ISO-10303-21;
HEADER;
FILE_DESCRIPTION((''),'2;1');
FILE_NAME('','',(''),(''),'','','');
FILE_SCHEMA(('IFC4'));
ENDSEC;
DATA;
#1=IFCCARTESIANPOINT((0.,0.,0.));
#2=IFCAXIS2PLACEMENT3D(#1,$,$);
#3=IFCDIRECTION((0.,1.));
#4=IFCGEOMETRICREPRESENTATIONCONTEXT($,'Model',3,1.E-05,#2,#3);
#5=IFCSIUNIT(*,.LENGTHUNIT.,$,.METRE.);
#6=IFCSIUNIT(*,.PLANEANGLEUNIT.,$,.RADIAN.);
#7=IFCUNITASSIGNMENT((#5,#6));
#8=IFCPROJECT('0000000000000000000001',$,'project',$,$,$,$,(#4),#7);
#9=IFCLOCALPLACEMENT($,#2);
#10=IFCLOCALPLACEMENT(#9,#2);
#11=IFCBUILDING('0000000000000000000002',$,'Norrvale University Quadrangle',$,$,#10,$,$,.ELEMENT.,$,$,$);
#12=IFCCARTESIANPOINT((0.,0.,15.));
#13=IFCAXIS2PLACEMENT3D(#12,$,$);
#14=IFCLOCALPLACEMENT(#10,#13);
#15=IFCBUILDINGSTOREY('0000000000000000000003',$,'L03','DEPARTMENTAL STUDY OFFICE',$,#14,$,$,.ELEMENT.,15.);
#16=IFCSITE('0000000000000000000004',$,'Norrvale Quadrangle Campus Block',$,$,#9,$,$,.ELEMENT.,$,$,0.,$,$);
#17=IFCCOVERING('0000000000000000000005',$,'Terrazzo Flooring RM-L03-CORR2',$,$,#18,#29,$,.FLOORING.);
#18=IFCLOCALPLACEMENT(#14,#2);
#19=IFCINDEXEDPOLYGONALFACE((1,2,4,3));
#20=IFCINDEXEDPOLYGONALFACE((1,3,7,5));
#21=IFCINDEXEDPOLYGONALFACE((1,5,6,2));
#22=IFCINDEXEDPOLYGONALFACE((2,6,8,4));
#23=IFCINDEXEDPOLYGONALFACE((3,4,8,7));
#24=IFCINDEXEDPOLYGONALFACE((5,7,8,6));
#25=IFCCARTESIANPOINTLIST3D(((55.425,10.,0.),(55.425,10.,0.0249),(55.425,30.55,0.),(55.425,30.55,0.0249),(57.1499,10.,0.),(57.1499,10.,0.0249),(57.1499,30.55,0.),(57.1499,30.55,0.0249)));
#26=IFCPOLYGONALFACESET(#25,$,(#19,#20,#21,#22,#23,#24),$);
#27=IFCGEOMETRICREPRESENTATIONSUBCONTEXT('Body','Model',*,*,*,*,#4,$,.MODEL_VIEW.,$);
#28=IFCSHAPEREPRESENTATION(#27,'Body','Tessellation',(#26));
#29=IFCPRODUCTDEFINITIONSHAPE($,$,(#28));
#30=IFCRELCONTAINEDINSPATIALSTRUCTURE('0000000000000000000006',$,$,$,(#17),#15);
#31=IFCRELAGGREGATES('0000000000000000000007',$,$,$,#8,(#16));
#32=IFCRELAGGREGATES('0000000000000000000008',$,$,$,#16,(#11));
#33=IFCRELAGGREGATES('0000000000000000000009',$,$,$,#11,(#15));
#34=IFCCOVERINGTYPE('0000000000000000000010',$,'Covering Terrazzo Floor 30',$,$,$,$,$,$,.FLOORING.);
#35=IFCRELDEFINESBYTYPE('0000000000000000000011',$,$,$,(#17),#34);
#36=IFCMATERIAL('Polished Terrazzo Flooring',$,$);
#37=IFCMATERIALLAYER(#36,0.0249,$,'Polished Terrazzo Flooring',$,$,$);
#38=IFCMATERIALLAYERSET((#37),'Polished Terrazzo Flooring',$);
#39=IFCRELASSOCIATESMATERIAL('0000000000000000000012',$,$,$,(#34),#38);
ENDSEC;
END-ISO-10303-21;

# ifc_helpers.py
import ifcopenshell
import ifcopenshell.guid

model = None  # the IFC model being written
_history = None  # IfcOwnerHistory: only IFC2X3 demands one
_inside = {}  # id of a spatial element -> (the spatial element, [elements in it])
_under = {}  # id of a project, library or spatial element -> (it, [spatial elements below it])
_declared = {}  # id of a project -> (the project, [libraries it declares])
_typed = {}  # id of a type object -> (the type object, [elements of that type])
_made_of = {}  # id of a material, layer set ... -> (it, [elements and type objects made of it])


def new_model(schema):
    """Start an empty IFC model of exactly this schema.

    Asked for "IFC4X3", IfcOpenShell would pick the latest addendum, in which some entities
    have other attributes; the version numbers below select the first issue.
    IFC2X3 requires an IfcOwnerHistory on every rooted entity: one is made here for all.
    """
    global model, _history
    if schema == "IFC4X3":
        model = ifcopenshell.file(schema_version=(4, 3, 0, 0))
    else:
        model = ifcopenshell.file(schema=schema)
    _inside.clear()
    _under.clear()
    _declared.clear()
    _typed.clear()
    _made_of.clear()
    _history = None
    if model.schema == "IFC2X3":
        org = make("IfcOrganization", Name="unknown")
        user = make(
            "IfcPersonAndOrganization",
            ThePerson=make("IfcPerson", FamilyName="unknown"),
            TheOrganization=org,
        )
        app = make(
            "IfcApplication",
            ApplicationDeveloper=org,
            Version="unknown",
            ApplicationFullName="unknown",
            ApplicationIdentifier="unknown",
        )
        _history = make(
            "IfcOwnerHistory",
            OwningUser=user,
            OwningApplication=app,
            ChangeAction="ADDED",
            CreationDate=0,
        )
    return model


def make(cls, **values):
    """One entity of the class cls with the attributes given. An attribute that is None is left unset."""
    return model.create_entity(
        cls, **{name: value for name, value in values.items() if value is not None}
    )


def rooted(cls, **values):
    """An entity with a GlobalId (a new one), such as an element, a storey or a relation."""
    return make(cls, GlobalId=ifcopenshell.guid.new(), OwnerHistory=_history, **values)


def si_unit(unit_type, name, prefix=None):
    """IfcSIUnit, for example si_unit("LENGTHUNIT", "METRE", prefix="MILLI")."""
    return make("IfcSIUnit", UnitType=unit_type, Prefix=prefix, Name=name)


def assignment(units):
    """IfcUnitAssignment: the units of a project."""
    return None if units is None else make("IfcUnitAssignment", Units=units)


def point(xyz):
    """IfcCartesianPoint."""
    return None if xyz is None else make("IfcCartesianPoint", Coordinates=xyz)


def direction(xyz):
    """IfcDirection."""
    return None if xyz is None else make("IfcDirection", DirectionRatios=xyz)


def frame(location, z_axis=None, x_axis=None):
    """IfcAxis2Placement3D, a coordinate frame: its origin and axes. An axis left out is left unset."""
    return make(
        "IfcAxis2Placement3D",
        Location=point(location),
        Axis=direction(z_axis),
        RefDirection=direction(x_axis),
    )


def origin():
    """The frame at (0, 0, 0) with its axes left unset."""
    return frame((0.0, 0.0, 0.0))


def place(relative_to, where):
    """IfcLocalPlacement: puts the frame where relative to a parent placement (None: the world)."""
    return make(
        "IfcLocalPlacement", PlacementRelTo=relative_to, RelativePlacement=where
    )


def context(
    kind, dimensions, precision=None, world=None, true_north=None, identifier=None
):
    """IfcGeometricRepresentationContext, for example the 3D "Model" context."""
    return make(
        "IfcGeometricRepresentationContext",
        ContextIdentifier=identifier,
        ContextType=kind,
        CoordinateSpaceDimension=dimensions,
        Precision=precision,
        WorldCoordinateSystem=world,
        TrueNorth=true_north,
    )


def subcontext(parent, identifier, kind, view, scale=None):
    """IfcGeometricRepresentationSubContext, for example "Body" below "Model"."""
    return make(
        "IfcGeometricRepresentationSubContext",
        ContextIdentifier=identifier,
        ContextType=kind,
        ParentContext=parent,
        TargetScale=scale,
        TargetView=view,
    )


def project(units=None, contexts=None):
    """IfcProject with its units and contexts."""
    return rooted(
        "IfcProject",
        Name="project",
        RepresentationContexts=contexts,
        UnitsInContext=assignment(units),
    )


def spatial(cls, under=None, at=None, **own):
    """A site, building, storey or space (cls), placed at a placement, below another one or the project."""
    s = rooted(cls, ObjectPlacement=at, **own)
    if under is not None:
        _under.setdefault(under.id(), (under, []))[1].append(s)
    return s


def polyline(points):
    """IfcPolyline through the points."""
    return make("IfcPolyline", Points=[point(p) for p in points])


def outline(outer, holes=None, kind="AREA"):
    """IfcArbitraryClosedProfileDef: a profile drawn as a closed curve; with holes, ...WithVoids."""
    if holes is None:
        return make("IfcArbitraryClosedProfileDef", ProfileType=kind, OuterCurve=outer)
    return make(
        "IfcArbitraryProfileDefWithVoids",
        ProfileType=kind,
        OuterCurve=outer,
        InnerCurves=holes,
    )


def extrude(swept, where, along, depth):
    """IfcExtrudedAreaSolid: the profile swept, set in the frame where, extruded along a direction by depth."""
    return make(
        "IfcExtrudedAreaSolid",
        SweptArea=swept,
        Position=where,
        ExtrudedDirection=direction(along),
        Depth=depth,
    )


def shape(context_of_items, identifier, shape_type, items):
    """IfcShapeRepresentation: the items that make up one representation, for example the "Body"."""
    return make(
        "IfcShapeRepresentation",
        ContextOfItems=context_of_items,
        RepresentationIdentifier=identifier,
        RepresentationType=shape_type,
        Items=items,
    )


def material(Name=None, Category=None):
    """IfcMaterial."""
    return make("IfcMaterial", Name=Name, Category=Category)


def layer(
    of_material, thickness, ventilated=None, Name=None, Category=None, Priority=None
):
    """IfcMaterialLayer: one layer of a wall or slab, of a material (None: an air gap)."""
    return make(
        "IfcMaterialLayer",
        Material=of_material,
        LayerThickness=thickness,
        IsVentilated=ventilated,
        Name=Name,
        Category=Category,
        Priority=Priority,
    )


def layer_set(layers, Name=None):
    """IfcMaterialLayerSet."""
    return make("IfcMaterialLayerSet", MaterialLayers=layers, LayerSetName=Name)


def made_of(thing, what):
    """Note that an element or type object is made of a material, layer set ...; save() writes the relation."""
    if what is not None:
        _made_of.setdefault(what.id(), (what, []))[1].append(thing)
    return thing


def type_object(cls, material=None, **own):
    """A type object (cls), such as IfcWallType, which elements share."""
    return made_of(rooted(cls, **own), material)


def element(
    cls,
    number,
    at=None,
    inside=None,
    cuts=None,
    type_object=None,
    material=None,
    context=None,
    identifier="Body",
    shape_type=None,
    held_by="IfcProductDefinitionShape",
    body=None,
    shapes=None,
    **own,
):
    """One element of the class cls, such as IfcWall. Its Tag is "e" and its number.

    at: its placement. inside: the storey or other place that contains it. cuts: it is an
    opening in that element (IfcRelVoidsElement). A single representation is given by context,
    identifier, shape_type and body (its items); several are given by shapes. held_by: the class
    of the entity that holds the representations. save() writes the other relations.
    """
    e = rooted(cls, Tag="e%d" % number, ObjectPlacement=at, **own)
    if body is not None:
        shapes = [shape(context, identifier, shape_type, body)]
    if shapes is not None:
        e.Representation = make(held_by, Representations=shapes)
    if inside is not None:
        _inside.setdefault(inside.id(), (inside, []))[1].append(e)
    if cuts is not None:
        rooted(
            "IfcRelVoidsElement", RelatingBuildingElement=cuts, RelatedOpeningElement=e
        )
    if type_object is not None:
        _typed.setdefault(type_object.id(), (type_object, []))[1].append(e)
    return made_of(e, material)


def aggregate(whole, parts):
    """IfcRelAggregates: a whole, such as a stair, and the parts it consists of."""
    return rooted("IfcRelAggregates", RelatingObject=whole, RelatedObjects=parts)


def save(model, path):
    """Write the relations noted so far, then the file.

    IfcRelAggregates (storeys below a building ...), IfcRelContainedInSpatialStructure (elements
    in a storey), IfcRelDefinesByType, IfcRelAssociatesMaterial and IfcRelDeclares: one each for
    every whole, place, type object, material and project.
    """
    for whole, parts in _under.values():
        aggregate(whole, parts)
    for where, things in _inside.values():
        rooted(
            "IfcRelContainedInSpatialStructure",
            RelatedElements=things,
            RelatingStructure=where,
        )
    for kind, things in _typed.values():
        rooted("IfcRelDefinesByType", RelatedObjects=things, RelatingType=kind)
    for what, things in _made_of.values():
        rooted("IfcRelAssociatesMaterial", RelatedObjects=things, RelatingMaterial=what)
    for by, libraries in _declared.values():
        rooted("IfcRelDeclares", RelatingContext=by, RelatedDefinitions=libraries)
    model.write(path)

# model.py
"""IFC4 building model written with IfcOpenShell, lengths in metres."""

from ifc_helpers import new_model, si_unit, direction, frame, origin, place, context, subcontext, project, spatial, polyline, outline, extrude, material, layer, layer_set, type_object, element, save


model = new_model("IFC4")

# Units and contexts
model_context = context("Model", 3, precision=1e-05, world=origin(), true_north=direction((0.0, 1.0)))
body_context = subcontext(model_context, "Body", "Model", "MODEL_VIEW")
ifc_project = project(units=[si_unit("LENGTHUNIT", "METRE"), si_unit("PLANEANGLEUNIT", "RADIAN")], contexts=[model_context])

# Site, building, storey
site_placement = place(None, origin())
site = spatial("IfcSite", under=ifc_project, at=site_placement, Name="Norrvale Quadrangle Campus Block", CompositionType="ELEMENT", RefElevation=0.0)
building_placement = place(site_placement, origin())
building = spatial("IfcBuilding", under=site, at=building_placement, Name="Norrvale University Quadrangle", CompositionType="ELEMENT")
storey_placement = place(building_placement, frame((0.0, 0.0, 15.0)))
storey = spatial("IfcBuildingStorey", under=building, at=storey_placement, Name="L03", Description="DEPARTMENTAL STUDY OFFICE", CompositionType="ELEMENT", Elevation=15.0)

# Covering
ifc_material_1 = material(Name="Polished Terrazzo Flooring")
ifc_layer_1 = layer(ifc_material_1, 0.0249, Name="Polished Terrazzo Flooring")
ifc_layer_set_1 = layer_set([ifc_layer_1], Name="Polished Terrazzo Flooring")
covering_type_1 = type_object("IfcCoveringType", Name="Covering Terrazzo Floor 30", PredefinedType="FLOORING", material=ifc_layer_set_1)
covering_1_placement = place(storey_placement, origin())
element("IfcCovering", 1, at=covering_1_placement, inside=storey, type_object=covering_type_1, Name="Terrazzo Flooring RM-L03-CORR2", PredefinedType="FLOORING", context=body_context, shape_type="SweptSolid", body=[
    extrude(outline(polyline([(55.425, 10.0), (55.425, 30.55), (57.1499, 30.55), (57.1499, 10.0), (55.425, 10.0)])), origin(), (0.0, 0.0, 1.0), 0.0249),
])

save(model, "model.ifc")
